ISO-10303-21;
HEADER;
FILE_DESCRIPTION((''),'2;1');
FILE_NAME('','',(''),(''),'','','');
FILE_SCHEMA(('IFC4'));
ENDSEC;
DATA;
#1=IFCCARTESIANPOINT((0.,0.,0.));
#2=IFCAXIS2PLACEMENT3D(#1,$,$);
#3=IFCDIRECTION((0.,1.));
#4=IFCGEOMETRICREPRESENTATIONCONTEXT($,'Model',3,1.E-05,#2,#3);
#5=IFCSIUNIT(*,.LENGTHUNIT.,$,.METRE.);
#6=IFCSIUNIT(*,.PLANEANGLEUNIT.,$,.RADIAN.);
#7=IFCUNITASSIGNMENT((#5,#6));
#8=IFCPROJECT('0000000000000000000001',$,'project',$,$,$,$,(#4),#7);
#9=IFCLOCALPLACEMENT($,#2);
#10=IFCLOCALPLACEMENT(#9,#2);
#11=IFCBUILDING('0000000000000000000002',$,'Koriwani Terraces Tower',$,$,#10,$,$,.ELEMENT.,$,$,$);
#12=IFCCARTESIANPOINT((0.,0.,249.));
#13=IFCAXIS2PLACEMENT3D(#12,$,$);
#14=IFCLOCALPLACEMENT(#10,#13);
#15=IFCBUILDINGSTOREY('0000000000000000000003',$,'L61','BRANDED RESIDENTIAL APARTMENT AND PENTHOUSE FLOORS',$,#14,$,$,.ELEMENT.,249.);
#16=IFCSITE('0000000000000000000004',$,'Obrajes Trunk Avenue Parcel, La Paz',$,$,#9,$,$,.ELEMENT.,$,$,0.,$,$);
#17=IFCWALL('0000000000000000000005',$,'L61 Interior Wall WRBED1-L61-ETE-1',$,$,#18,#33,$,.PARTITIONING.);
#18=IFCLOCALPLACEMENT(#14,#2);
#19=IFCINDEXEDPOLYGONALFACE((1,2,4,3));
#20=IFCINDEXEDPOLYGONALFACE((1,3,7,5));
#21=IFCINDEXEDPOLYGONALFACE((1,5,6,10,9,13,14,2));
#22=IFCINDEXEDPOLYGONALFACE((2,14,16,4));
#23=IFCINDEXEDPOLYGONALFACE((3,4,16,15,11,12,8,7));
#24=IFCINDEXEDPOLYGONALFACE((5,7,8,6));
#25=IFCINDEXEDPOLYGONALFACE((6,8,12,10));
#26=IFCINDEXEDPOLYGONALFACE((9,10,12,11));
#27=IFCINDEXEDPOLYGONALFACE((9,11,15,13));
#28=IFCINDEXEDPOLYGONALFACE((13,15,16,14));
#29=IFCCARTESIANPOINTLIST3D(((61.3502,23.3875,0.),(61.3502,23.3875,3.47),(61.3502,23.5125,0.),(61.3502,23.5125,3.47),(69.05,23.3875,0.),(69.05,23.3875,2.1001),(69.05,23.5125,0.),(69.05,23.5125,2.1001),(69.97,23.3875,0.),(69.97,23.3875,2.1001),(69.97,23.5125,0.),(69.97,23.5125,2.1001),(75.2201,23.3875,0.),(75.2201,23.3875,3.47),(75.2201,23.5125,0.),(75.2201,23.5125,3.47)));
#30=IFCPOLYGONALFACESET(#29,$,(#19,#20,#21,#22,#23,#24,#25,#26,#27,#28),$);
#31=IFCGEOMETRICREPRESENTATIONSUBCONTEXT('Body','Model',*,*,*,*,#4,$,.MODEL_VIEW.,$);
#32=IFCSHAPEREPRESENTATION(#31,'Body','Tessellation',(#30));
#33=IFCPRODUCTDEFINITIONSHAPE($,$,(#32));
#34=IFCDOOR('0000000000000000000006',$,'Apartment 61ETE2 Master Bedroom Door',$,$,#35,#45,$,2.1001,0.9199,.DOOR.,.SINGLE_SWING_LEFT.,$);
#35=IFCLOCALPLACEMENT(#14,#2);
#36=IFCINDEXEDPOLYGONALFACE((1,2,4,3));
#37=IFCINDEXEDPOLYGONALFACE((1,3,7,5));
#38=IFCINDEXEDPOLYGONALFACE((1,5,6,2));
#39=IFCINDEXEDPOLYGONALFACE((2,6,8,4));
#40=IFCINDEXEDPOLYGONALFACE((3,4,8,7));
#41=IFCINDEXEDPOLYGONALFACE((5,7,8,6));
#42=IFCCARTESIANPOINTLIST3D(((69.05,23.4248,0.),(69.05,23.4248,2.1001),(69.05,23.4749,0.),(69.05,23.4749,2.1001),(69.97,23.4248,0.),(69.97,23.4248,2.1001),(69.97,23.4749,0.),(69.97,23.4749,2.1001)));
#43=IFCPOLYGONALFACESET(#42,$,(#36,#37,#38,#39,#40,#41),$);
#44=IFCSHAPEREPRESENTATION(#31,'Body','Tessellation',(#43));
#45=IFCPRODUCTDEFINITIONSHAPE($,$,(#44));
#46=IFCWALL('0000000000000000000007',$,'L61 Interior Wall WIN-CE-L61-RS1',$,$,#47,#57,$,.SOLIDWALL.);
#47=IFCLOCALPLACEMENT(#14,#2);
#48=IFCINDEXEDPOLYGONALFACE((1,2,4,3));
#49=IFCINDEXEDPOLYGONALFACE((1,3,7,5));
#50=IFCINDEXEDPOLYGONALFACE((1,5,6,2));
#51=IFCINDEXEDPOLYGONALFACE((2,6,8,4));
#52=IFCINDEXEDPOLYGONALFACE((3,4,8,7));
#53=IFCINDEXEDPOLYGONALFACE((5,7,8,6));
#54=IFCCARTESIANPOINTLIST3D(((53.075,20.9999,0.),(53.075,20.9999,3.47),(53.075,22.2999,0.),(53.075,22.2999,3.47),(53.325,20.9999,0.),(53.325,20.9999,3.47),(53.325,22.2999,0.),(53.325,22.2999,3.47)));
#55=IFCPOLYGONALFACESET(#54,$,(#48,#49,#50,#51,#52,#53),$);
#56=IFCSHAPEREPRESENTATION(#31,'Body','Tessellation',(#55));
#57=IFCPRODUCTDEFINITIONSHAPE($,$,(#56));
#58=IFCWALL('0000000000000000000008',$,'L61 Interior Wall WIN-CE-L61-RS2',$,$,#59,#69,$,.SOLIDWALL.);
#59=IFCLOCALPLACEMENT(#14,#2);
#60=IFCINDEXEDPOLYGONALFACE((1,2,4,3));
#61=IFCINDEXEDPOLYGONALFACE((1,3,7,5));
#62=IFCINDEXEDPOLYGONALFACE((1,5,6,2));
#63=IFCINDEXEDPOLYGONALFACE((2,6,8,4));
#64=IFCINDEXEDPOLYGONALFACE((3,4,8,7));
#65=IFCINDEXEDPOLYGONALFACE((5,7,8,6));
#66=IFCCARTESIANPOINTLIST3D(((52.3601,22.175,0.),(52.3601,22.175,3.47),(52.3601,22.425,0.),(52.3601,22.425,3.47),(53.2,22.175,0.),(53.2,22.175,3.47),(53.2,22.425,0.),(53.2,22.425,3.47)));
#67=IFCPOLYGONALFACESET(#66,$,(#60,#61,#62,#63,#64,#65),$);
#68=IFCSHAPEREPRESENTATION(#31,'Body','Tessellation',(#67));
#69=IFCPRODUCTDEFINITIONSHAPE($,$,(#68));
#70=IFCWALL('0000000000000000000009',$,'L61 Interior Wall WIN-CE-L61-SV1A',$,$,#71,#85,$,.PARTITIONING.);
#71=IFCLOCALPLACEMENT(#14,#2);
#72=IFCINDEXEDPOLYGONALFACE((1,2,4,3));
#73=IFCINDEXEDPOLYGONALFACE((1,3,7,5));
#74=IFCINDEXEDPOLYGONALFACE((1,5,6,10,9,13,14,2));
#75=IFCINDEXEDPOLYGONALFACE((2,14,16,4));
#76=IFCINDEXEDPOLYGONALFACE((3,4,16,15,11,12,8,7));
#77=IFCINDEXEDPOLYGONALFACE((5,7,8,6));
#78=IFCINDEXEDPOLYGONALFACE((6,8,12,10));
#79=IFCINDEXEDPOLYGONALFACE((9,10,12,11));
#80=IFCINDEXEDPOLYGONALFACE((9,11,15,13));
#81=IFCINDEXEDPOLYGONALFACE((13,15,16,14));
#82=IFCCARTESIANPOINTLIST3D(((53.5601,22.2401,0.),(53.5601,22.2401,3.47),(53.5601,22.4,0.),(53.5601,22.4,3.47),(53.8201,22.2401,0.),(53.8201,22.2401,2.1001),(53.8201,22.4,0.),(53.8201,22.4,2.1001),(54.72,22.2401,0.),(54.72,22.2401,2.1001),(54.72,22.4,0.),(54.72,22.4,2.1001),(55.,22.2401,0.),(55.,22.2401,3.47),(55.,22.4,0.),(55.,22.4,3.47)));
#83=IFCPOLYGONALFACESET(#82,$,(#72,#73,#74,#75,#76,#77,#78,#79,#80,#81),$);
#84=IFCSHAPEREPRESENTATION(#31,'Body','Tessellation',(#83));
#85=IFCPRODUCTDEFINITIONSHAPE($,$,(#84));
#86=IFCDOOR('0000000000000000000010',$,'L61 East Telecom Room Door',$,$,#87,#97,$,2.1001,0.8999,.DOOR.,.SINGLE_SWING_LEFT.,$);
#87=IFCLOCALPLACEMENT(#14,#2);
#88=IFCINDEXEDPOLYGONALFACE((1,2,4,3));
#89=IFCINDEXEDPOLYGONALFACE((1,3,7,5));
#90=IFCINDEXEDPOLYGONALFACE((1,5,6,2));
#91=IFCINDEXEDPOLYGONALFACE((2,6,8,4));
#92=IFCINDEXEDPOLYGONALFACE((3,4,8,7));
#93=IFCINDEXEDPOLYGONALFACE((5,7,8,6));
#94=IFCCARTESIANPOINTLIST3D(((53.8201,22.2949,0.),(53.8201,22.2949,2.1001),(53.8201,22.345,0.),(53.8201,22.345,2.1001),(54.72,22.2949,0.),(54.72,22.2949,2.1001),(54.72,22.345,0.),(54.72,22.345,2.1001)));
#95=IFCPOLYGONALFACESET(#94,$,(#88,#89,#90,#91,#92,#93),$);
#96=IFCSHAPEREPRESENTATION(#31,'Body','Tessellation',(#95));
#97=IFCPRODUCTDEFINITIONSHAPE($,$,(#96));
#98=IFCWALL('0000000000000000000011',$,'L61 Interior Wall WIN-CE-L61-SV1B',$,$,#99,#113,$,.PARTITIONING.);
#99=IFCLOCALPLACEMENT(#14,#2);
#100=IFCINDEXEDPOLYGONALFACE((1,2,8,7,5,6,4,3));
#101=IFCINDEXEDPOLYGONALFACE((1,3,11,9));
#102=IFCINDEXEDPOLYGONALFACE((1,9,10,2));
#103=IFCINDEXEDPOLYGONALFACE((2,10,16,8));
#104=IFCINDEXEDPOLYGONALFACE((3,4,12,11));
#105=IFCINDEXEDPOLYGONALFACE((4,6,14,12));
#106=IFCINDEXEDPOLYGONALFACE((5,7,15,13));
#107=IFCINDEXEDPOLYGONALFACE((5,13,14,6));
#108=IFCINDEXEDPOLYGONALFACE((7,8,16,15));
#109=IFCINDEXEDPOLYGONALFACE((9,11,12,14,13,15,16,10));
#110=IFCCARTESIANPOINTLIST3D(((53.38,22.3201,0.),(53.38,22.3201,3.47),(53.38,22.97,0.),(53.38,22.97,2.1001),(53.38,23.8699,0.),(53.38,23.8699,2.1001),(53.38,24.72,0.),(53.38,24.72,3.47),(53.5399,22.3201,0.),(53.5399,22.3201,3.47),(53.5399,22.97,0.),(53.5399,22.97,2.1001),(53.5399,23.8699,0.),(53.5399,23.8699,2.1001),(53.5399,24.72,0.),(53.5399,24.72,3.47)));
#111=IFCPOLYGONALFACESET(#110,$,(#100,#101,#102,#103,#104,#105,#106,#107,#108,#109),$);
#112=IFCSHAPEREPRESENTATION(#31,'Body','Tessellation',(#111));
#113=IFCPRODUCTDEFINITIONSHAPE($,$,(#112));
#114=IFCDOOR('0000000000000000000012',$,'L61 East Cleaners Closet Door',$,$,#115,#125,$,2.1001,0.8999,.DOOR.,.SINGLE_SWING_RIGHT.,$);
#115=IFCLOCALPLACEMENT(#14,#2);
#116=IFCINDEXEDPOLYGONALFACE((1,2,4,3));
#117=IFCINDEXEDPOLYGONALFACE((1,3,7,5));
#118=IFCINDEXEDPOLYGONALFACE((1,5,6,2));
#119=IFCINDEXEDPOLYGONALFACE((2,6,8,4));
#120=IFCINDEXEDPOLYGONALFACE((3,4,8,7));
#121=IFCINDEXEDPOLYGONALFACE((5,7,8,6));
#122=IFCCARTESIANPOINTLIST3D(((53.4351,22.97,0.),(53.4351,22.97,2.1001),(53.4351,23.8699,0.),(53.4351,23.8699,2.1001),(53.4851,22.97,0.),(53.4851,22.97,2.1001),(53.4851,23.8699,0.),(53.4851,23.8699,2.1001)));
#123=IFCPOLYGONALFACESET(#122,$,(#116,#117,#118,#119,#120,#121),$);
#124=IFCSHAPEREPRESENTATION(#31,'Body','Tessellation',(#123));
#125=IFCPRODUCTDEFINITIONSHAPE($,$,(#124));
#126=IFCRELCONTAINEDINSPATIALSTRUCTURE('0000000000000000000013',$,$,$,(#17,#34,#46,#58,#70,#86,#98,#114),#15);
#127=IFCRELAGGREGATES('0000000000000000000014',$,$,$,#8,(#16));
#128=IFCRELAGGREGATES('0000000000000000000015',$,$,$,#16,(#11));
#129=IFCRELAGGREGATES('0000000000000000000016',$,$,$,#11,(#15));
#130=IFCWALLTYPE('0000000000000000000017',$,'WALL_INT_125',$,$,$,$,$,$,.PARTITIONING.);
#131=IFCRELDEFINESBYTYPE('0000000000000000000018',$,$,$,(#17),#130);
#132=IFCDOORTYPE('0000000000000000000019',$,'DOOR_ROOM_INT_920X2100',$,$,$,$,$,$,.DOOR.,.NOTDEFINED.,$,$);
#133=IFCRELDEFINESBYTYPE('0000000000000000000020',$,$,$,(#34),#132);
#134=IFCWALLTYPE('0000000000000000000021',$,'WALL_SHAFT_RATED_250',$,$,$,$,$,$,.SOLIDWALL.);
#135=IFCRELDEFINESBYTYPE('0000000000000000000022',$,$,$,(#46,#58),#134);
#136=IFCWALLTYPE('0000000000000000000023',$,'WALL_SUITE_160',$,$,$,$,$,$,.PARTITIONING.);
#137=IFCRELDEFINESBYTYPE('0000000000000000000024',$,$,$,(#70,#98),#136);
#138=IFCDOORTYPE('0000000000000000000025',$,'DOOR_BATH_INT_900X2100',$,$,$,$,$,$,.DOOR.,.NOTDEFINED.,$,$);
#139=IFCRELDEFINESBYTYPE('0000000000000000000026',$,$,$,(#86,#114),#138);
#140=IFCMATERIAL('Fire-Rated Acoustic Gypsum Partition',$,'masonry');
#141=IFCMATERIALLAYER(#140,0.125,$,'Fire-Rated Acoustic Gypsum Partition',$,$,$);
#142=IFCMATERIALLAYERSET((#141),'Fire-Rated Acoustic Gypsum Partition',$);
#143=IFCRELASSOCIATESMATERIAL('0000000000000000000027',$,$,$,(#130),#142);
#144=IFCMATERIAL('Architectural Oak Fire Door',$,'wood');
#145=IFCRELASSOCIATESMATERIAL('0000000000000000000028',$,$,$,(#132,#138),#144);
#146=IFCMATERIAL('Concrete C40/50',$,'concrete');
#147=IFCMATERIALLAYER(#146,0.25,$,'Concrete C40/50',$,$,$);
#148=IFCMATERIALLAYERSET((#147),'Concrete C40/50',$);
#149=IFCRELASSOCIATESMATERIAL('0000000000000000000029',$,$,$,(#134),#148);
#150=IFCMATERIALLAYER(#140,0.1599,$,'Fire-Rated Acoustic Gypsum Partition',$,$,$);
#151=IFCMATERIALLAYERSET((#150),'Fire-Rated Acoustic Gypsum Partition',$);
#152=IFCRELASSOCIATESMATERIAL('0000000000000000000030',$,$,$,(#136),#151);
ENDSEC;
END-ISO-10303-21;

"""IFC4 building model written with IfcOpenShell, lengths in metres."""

from ifc_helpers import new_model, si_unit, direction, frame, frame_2d, origin, place, context, subcontext, project, spatial, rectangle, extrude, material, layer, layer_set, type_object, element, fill, save


model = new_model("IFC4")

# Units and contexts
model_context = context("Model", 3, precision=1e-05, world=origin(), true_north=direction((0.0, 1.0)))
body_context = subcontext(model_context, "Body", "Model", "MODEL_VIEW")
ifc_project = project(units=[si_unit("LENGTHUNIT", "METRE"), si_unit("PLANEANGLEUNIT", "RADIAN")], contexts=[model_context])

# Site, building, storey
site_placement = place(None, origin())
site = spatial("IfcSite", under=ifc_project, at=site_placement, Name="Obrajes Trunk Avenue Parcel, La Paz", CompositionType="ELEMENT", RefElevation=0.0)
building_placement = place(site_placement, origin())
building = spatial("IfcBuilding", under=site, at=building_placement, Name="Koriwani Terraces Tower", CompositionType="ELEMENT")
storey_placement = place(building_placement, frame((0.0, 0.0, 249.0)))
storey = spatial("IfcBuildingStorey", under=building, at=storey_placement, Name="L61", Description="BRANDED RESIDENTIAL APARTMENT AND PENTHOUSE FLOORS", CompositionType="ELEMENT", Elevation=249.0)

# Wall, opening, door
ifc_material_1 = material(Name="Fire-Rated Acoustic Gypsum Partition", Category="masonry")
ifc_layer_1 = layer(ifc_material_1, 0.125, Name="Fire-Rated Acoustic Gypsum Partition")
ifc_layer_set_1 = layer_set([ifc_layer_1], Name="Fire-Rated Acoustic Gypsum Partition")
wall_type_1 = type_object("IfcWallType", Name="WALL_INT_125", PredefinedType="PARTITIONING", material=ifc_layer_set_1)
wall_1_placement = place(storey_placement, frame((61.3501, 23.45, 0.0), z_axis=(0.0, 0.0, 1.0), x_axis=(1.0, 0.0, 0.0)))
wall_1 = element("IfcWall", 1, at=wall_1_placement, inside=storey, type_object=wall_type_1, Name="L61 Interior Wall WRBED1-L61-ETE-1", PredefinedType="PARTITIONING", context=body_context, shape_type="SweptSolid", body=[
    extrude(rectangle(XDim=13.8699, YDim=0.125, at=frame_2d((6.9351, 0.0))), origin(), (0.0, 0.0, 1.0), 3.47),
])
opening_1_placement = place(wall_1_placement, frame((7.7, 0.0, 0.0)))
opening_1 = element("IfcOpeningElement", 2, at=opening_1_placement, cuts=wall_1, PredefinedType="OPENING", context=body_context, shape_type="SweptSolid", body=[
    extrude(rectangle(XDim=0.9199, YDim=2.1001, at=frame_2d((0.46, 1.05))), frame((0.0, 0.0725, 0.0), z_axis=(0.0, -1.0, 0.0), x_axis=(1.0, 0.0, 0.0)), (0.0, 0.0, 1.0), 0.145),
])
ifc_material_2 = material(Name="Architectural Oak Fire Door", Category="wood")
door_type_1 = type_object("IfcDoorType", Name="DOOR_ROOM_INT_920X2100", OperationType="NOTDEFINED", PredefinedType="DOOR", material=ifc_material_2)
door_1_placement = place(opening_1_placement, origin())
door_1 = element("IfcDoor", 3, at=door_1_placement, inside=storey, type_object=door_type_1, Name="Apartment 61ETE2 Master Bedroom Door", OperationType="SINGLE_SWING_LEFT", OverallHeight=2.1001, OverallWidth=0.9199, PredefinedType="DOOR", context=body_context, shape_type="SweptSolid", body=[
    extrude(rectangle(XDim=0.9199, YDim=2.1001, at=frame_2d((0.46, 1.05))), frame((0.0, 0.0249, 0.0), z_axis=(0.0, -1.0, 0.0), x_axis=(1.0, 0.0, 0.0)), (0.0, 0.0, 1.0), 0.05),
])
fill(opening_1, door_1)
ifc_material_3 = material(Name="Concrete C40/50", Category="concrete")
ifc_layer_2 = layer(ifc_material_3, 0.25, Name="Concrete C40/50")
ifc_layer_set_2 = layer_set([ifc_layer_2], Name="Concrete C40/50")
wall_type_2 = type_object("IfcWallType", Name="WALL_SHAFT_RATED_250", PredefinedType="SOLIDWALL", material=ifc_layer_set_2)

# Walls
wall_2_placement = place(storey_placement, frame((53.2, 21.0, 0.0), z_axis=(0.0, 0.0, 1.0), x_axis=(0.0, 1.0, 0.0)))
element("IfcWall", 4, at=wall_2_placement, inside=storey, type_object=wall_type_2, Name="L61 Interior Wall WIN-CE-L61-RS1", PredefinedType="SOLIDWALL", context=body_context, shape_type="SweptSolid", body=[
    extrude(rectangle(XDim=1.3, YDim=0.25, at=frame_2d((0.6499, 0.0))), origin(), (0.0, 0.0, 1.0), 3.47),
])
wall_3_placement = place(storey_placement, frame((52.3601, 22.3, 0.0), z_axis=(0.0, 0.0, 1.0), x_axis=(1.0, 0.0, 0.0)))
element("IfcWall", 5, at=wall_3_placement, inside=storey, type_object=wall_type_2, Name="L61 Interior Wall WIN-CE-L61-RS2", PredefinedType="SOLIDWALL", context=body_context, shape_type="SweptSolid", body=[
    extrude(rectangle(XDim=0.8398, YDim=0.25, at=frame_2d((0.4199, 0.0))), origin(), (0.0, 0.0, 1.0), 3.47),
])

# Walls, openings, doors
ifc_layer_3 = layer(ifc_material_1, 0.1599, Name="Fire-Rated Acoustic Gypsum Partition")
ifc_layer_set_3 = layer_set([ifc_layer_3], Name="Fire-Rated Acoustic Gypsum Partition")
wall_type_3 = type_object("IfcWallType", Name="WALL_SUITE_160", PredefinedType="PARTITIONING", material=ifc_layer_set_3)
wall_4_placement = place(storey_placement, frame((53.5601, 22.3201, 0.0), z_axis=(0.0, 0.0, 1.0), x_axis=(1.0, 0.0, 0.0)))
wall_4 = element("IfcWall", 6, at=wall_4_placement, inside=storey, type_object=wall_type_3, Name="L61 Interior Wall WIN-CE-L61-SV1A", PredefinedType="PARTITIONING", context=body_context, shape_type="SweptSolid", body=[
    extrude(rectangle(XDim=1.4399, YDim=0.1599, at=frame_2d((0.72, 0.0))), origin(), (0.0, 0.0, 1.0), 3.47),
])
opening_2_placement = place(wall_4_placement, frame((0.26, 0.0, 0.0)))
opening_2 = element("IfcOpeningElement", 7, at=opening_2_placement, cuts=wall_4, PredefinedType="OPENING", context=body_context, shape_type="SweptSolid", body=[
    extrude(rectangle(XDim=0.8999, YDim=2.1001, at=frame_2d((0.45, 1.05))), frame((0.0, 0.0898, 0.0), z_axis=(0.0, -1.0, 0.0), x_axis=(1.0, 0.0, 0.0)), (0.0, 0.0, 1.0), 0.1799),
])
door_type_2 = type_object("IfcDoorType", Name="DOOR_BATH_INT_900X2100", OperationType="NOTDEFINED", PredefinedType="DOOR", material=ifc_material_2)
door_2_placement = place(opening_2_placement, origin())
door_2 = element("IfcDoor", 8, at=door_2_placement, inside=storey, type_object=door_type_2, Name="L61 East Telecom Room Door", OperationType="SINGLE_SWING_LEFT", OverallHeight=2.1001, OverallWidth=0.8999, PredefinedType="DOOR", context=body_context, shape_type="SweptSolid", body=[
    extrude(rectangle(XDim=0.8999, YDim=2.1001, at=frame_2d((0.45, 1.05))), frame((0.0, 0.0249, 0.0), z_axis=(0.0, -1.0, 0.0), x_axis=(1.0, 0.0, 0.0)), (0.0, 0.0, 1.0), 0.05),
])
fill(opening_2, door_2)
wall_5_placement = place(storey_placement, frame((53.46, 22.3201, 0.0), z_axis=(0.0, 0.0, 1.0), x_axis=(0.0, 1.0, 0.0)))
wall_5 = element("IfcWall", 9, at=wall_5_placement, inside=storey, type_object=wall_type_3, Name="L61 Interior Wall WIN-CE-L61-SV1B", PredefinedType="PARTITIONING", context=body_context, shape_type="SweptSolid", body=[
    extrude(rectangle(XDim=2.3999, YDim=0.1599, at=frame_2d((1.2, 0.0))), origin(), (0.0, 0.0, 1.0), 3.47),
])
opening_3_placement = place(wall_5_placement, frame((0.6499, 0.0, 0.0)))
opening_3 = element("IfcOpeningElement", 10, at=opening_3_placement, cuts=wall_5, PredefinedType="OPENING", context=body_context, shape_type="SweptSolid", body=[
    extrude(rectangle(XDim=0.8999, YDim=2.1001, at=frame_2d((0.45, 1.05))), frame((0.0, 0.0898, 0.0), z_axis=(0.0, -1.0, 0.0), x_axis=(1.0, 0.0, 0.0)), (0.0, 0.0, 1.0), 0.1799),
])
door_3_placement = place(opening_3_placement, origin())
door_3 = element("IfcDoor", 11, at=door_3_placement, inside=storey, type_object=door_type_2, Name="L61 East Cleaners Closet Door", OperationType="SINGLE_SWING_RIGHT", OverallHeight=2.1001, OverallWidth=0.8999, PredefinedType="DOOR", context=body_context, shape_type="SweptSolid", body=[
    extrude(rectangle(XDim=0.8999, YDim=2.1001, at=frame_2d((0.45, 1.05))), frame((0.0, 0.0249, 0.0), z_axis=(0.0, -1.0, 0.0), x_axis=(1.0, 0.0, 0.0)), (0.0, 0.0, 1.0), 0.05),
])
fill(opening_3, door_3)

save(model, "model.ifc")
